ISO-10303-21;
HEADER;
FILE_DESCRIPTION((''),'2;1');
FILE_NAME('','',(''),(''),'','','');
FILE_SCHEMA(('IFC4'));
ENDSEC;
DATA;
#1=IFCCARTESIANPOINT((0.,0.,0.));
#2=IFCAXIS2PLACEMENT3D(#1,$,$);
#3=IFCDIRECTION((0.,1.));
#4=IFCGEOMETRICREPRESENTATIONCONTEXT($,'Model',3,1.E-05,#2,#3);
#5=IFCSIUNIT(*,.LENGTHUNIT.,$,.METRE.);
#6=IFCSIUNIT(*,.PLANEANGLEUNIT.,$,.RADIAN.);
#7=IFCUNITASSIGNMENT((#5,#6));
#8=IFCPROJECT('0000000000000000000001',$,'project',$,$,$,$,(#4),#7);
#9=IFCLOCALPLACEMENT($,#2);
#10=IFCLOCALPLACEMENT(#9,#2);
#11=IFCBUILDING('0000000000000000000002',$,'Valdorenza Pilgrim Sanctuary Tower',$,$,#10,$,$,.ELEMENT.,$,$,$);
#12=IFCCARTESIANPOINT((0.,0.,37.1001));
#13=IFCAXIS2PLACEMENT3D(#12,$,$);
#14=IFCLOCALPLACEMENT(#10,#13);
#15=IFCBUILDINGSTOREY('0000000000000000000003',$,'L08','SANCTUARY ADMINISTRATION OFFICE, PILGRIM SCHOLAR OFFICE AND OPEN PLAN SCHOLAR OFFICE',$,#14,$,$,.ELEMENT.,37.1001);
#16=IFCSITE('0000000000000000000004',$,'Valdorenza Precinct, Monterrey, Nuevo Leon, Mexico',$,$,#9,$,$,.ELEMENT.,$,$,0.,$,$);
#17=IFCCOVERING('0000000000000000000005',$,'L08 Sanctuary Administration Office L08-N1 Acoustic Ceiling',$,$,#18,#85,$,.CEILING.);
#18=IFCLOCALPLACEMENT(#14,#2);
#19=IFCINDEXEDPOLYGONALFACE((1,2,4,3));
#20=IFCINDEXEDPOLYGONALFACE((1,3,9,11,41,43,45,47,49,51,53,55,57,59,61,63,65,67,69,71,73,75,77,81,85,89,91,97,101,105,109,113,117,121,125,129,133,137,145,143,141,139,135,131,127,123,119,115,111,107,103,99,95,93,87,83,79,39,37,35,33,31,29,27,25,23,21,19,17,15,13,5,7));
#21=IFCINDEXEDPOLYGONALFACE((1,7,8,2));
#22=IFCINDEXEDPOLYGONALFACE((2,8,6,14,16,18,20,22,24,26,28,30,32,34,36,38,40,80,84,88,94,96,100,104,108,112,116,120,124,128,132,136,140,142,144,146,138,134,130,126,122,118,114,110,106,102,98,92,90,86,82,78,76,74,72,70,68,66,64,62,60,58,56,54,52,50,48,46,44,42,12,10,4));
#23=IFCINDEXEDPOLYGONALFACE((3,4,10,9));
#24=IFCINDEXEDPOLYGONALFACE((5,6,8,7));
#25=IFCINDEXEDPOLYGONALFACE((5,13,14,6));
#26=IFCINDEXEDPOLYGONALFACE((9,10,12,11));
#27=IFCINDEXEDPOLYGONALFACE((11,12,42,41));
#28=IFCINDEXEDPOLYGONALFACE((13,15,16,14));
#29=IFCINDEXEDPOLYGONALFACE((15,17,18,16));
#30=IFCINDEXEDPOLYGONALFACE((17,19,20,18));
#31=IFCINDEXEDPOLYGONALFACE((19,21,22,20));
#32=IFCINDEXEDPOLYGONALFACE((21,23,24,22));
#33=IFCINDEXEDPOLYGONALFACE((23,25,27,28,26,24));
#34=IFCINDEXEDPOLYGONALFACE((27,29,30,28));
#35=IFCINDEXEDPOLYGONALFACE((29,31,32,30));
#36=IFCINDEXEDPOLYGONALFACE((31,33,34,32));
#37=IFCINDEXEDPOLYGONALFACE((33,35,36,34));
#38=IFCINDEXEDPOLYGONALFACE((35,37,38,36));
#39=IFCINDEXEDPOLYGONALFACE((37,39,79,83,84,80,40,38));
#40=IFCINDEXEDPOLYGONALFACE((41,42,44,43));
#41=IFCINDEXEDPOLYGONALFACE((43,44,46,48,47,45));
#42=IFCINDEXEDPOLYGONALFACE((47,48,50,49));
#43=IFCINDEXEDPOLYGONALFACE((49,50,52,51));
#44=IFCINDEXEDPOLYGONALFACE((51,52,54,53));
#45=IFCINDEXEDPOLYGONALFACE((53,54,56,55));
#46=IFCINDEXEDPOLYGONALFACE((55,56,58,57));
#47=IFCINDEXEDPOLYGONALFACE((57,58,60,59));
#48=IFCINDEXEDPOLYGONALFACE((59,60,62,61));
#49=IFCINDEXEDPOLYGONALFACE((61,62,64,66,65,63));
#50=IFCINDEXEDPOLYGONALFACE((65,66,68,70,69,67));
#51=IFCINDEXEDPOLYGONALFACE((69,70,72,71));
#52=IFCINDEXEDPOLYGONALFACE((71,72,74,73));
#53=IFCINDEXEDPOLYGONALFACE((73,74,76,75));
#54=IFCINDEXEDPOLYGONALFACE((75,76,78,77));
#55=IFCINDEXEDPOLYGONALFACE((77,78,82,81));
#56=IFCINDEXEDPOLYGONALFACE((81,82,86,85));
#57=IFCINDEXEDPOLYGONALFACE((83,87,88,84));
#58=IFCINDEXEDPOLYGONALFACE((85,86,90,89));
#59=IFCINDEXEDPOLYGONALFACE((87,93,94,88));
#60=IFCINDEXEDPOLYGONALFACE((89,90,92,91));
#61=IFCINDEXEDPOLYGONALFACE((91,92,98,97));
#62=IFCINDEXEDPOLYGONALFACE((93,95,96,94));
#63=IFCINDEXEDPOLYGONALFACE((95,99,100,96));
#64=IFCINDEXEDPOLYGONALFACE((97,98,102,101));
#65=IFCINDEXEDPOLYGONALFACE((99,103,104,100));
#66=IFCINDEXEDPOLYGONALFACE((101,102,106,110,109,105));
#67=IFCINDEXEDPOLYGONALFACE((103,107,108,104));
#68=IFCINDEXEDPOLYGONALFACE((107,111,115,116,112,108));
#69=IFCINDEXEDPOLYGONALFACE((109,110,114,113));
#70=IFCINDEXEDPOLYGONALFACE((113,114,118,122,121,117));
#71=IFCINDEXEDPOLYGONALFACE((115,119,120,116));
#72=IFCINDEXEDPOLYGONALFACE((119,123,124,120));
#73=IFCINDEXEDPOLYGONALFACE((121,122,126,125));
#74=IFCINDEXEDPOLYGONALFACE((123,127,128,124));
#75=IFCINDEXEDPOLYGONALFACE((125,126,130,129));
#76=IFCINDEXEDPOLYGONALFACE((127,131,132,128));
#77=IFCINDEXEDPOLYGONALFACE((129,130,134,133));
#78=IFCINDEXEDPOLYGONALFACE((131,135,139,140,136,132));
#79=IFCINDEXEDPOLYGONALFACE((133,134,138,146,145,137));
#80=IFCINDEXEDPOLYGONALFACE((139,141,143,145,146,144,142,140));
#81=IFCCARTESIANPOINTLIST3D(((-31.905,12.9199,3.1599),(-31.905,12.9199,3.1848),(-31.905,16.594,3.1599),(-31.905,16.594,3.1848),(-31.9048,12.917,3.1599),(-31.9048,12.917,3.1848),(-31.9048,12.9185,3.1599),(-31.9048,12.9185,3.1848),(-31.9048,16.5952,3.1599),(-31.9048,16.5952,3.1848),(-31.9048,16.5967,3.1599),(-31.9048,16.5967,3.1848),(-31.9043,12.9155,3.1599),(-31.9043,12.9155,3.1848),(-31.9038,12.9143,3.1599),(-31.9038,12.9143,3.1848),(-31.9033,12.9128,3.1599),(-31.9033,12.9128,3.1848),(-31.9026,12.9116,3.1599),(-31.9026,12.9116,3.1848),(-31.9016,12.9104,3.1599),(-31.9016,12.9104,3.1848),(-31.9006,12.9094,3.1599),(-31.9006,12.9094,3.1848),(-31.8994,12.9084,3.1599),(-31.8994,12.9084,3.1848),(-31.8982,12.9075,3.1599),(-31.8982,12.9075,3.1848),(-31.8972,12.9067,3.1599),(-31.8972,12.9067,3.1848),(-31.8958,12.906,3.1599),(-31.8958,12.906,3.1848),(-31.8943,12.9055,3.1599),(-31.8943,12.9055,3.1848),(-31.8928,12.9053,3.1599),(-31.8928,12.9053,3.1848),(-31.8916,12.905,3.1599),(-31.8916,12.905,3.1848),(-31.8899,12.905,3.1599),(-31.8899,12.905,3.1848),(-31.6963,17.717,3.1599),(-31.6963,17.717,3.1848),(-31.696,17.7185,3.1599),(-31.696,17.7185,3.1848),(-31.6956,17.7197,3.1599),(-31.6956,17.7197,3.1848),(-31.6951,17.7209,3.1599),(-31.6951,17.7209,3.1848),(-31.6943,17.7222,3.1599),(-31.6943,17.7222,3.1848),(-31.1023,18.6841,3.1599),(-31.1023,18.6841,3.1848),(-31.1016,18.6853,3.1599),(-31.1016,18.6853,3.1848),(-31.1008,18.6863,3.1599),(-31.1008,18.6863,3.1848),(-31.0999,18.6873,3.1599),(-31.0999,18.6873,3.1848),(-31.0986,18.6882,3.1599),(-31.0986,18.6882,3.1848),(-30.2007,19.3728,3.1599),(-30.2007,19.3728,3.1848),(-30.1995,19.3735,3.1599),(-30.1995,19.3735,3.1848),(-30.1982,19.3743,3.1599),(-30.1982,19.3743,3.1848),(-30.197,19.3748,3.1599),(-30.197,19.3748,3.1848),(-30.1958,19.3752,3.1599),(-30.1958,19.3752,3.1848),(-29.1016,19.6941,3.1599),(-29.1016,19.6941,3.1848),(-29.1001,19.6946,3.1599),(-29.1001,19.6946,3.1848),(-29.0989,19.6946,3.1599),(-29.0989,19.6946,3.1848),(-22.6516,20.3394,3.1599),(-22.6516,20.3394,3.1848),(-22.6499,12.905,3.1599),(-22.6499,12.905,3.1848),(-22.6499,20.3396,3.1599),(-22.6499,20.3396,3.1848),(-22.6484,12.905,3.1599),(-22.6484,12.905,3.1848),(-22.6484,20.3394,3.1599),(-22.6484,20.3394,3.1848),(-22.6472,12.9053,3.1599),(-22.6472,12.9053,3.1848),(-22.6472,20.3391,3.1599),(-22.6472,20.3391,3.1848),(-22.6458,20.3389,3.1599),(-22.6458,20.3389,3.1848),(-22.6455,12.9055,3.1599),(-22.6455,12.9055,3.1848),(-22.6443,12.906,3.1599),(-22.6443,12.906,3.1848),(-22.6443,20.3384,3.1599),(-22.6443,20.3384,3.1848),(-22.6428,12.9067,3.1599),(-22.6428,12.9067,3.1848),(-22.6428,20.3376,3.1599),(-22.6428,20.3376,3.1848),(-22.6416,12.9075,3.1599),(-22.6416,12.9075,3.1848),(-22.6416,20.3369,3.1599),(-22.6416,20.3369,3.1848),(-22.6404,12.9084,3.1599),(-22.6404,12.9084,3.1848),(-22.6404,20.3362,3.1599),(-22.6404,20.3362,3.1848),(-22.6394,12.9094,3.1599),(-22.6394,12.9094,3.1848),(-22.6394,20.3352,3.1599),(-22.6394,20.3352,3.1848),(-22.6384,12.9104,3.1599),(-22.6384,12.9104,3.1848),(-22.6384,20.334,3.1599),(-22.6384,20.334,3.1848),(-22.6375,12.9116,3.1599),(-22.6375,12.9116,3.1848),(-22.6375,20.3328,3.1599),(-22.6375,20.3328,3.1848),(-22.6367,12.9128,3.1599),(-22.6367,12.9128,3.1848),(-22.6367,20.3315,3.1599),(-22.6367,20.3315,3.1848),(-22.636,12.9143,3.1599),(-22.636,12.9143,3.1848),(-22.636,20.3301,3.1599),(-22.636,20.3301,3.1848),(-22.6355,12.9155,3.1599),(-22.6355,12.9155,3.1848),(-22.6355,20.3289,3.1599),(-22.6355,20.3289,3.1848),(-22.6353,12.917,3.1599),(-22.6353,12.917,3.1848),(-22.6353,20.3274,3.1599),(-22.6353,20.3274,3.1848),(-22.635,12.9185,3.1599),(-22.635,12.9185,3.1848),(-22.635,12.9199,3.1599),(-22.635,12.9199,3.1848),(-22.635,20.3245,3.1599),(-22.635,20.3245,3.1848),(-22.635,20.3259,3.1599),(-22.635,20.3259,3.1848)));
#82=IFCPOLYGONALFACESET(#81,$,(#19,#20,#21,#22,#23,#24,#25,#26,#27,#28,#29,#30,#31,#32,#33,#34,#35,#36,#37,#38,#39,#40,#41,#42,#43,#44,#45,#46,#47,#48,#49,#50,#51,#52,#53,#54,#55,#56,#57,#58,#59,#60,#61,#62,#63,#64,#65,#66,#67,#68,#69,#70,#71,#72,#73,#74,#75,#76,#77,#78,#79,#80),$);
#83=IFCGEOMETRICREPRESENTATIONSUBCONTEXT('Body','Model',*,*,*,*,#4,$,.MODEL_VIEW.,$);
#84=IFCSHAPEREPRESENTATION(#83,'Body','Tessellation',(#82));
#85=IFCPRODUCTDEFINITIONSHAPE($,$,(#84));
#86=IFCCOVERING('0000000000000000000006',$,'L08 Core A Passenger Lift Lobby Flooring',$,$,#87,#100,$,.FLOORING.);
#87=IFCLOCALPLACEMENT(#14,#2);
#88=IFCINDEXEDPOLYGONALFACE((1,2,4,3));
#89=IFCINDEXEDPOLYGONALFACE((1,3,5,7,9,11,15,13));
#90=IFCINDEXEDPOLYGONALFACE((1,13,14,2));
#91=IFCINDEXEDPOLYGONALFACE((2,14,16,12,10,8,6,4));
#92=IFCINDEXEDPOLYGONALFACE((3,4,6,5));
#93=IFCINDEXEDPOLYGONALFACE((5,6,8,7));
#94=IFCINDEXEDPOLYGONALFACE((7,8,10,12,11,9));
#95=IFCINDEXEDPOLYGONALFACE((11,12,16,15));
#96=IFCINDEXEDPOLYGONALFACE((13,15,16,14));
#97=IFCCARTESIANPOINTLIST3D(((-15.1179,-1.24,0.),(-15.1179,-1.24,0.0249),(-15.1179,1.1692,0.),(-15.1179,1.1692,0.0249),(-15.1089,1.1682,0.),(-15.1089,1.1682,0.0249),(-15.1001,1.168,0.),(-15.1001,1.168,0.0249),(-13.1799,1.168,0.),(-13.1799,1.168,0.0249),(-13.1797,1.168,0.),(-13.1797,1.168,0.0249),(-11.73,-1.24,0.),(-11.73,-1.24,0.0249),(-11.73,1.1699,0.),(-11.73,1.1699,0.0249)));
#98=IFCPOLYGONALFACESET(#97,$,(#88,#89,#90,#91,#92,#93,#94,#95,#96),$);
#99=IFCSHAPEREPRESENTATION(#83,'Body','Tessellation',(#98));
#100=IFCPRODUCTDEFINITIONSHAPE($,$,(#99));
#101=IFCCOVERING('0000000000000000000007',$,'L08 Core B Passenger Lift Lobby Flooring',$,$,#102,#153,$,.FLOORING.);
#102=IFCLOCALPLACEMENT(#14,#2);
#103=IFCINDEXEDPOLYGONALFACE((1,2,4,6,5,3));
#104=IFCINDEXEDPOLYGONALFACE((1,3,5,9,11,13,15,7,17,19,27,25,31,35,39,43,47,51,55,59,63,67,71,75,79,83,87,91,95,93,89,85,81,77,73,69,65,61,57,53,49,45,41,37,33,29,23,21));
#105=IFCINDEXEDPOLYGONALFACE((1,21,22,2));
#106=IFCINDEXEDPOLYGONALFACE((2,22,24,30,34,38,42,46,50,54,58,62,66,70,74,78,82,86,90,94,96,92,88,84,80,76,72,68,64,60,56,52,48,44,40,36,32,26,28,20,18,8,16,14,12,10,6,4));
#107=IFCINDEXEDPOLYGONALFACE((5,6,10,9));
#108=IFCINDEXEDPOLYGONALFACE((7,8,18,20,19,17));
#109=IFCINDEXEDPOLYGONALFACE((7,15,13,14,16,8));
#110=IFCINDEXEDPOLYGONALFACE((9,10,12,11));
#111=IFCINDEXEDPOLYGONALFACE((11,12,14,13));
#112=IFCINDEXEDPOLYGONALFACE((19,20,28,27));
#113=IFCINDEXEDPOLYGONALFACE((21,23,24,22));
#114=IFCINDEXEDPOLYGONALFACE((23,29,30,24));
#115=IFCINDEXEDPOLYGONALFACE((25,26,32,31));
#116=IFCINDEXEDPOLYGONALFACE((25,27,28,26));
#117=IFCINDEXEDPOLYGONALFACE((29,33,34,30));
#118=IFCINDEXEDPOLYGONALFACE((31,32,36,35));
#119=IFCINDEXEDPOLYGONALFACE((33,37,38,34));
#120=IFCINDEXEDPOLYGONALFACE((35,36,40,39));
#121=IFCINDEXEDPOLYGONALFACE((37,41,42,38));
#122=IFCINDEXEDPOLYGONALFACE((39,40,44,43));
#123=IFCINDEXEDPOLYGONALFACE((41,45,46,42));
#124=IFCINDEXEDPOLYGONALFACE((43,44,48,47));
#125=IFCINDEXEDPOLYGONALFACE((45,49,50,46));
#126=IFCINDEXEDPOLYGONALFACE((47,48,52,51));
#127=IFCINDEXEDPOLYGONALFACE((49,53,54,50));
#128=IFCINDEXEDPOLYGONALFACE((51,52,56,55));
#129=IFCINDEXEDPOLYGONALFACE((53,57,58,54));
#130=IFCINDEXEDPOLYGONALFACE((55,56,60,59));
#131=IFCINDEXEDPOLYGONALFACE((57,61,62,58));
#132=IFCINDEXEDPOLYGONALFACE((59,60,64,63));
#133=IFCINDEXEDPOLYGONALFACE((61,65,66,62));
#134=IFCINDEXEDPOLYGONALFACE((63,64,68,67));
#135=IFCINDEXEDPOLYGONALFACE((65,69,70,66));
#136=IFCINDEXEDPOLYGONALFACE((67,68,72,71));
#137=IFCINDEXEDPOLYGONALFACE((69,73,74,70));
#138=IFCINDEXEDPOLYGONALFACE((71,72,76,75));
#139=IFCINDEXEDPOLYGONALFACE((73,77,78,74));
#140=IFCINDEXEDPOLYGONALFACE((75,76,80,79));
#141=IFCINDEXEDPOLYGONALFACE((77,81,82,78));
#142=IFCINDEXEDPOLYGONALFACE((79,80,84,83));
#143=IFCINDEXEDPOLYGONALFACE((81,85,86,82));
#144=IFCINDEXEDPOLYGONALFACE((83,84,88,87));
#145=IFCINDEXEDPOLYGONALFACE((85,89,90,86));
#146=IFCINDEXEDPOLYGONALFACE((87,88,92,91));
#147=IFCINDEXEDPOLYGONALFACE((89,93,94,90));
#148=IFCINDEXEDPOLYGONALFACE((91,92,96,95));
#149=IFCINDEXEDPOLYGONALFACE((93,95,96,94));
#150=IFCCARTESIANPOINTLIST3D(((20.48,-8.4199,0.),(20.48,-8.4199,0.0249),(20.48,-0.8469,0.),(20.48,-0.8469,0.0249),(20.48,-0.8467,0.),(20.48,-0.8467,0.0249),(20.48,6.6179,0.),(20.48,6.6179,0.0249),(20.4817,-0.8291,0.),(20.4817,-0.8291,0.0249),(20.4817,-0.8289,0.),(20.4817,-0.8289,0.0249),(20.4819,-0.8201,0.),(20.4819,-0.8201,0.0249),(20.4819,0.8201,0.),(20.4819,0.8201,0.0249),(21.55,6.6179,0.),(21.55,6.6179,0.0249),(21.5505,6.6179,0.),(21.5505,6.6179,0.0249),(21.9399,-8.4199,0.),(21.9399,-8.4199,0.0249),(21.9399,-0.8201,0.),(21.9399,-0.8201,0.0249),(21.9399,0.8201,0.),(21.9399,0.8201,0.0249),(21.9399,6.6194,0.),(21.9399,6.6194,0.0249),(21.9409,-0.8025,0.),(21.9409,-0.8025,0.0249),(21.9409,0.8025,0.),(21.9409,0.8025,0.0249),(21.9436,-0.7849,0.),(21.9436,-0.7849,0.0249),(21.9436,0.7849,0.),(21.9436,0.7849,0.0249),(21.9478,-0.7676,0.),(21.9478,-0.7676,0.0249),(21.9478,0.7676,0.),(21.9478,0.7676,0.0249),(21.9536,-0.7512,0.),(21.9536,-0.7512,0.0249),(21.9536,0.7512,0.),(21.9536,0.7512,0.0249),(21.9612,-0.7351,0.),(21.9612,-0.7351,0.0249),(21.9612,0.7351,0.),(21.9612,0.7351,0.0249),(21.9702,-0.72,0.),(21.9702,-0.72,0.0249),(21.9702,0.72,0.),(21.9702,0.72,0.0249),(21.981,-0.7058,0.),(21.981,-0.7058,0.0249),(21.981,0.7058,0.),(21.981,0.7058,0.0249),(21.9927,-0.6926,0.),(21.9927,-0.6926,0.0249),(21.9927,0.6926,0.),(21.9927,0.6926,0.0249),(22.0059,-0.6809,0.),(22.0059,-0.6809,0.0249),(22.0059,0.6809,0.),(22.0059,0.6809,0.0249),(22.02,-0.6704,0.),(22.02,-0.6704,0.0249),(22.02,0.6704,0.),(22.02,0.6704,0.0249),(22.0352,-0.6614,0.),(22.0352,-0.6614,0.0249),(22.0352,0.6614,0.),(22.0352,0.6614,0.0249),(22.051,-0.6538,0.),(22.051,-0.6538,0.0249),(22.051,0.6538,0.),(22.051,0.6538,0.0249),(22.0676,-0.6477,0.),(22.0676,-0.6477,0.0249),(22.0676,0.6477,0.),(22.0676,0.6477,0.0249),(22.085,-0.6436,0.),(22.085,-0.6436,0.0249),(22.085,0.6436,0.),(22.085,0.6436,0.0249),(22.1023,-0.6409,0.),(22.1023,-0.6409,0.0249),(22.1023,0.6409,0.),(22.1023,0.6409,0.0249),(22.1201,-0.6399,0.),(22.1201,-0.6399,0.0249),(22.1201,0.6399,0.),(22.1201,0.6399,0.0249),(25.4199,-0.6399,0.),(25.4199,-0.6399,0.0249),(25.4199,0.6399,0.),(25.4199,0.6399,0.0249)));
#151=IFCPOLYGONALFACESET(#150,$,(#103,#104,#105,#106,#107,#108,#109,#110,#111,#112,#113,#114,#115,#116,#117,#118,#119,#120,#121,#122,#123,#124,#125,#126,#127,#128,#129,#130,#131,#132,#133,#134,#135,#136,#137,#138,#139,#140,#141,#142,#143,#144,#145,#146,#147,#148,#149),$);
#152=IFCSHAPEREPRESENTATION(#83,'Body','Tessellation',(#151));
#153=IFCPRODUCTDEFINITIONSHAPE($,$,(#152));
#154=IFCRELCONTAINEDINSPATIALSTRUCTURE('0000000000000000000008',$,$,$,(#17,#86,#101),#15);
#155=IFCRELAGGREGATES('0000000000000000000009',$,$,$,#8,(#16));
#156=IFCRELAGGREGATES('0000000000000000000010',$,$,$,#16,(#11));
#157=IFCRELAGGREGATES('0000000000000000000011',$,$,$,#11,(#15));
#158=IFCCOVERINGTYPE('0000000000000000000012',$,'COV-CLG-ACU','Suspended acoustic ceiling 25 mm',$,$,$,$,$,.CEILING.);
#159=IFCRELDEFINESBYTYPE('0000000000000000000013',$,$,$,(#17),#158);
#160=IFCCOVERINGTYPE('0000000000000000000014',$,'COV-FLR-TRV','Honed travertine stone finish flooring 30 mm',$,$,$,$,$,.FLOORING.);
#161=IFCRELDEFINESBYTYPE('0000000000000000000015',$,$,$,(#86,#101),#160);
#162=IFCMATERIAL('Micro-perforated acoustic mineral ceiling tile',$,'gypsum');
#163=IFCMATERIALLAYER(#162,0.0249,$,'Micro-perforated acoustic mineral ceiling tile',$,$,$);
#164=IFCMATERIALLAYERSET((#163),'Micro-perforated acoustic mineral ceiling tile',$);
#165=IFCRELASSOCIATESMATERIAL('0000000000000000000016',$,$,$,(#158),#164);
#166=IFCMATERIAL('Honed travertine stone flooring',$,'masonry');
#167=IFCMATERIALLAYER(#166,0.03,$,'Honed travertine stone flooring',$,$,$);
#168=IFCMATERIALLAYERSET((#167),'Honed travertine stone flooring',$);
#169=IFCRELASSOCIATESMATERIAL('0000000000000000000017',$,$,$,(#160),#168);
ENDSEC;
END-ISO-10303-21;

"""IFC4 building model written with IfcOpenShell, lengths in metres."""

from ifc_helpers import new_model, si_unit, direction, frame, origin, place, context, subcontext, project, spatial, polyline, outline, extrude, material, layer, layer_set, type_object, element, save


model = new_model("IFC4")

# Units and contexts
model_context = context("Model", 3, precision=1e-05, world=origin(), true_north=direction((0.0, 1.0)))
body_context = subcontext(model_context, "Body", "Model", "MODEL_VIEW")
ifc_project = project(units=[si_unit("LENGTHUNIT", "METRE"), si_unit("PLANEANGLEUNIT", "RADIAN")], contexts=[model_context])

# Site, building, storey
site_placement = place(None, origin())
site = spatial("IfcSite", under=ifc_project, at=site_placement, Name="Valdorenza Precinct, Monterrey, Nuevo Leon, Mexico", CompositionType="ELEMENT", RefElevation=0.0)
building_placement = place(site_placement, origin())
building = spatial("IfcBuilding", under=site, at=building_placement, Name="Valdorenza Pilgrim Sanctuary Tower", CompositionType="ELEMENT")
storey_placement = place(building_placement, frame((0.0, 0.0, 37.1001)))
storey = spatial("IfcBuildingStorey", under=building, at=storey_placement, Name="L08", Description="SANCTUARY ADMINISTRATION OFFICE, PILGRIM SCHOLAR OFFICE AND OPEN PLAN SCHOLAR OFFICE", CompositionType="ELEMENT", Elevation=37.1001)

# Coverings
ifc_material_1 = material(Name="Micro-perforated acoustic mineral ceiling tile", Category="gypsum")
ifc_layer_1 = layer(ifc_material_1, 0.0249, Name="Micro-perforated acoustic mineral ceiling tile")
ifc_layer_set_1 = layer_set([ifc_layer_1], Name="Micro-perforated acoustic mineral ceiling tile")
covering_type_1 = type_object("IfcCoveringType", Name="COV-CLG-ACU", Description="Suspended acoustic ceiling 25 mm", PredefinedType="CEILING", material=ifc_layer_set_1)
covering_1_placement = place(storey_placement, frame((0.0, 0.0, 3.1599)))
element("IfcCovering", 1, at=covering_1_placement, inside=storey, type_object=covering_type_1, Name="L08 Sanctuary Administration Office L08-N1 Acoustic Ceiling", PredefinedType="CEILING", context=body_context, shape_type="SweptSolid", body=[
    extrude(outline(polyline([(-31.8899, 12.905), (-31.8916, 12.905), (-31.8928, 12.9053), (-31.8943, 12.9055), (-31.8958, 12.906), (-31.8972, 12.9067), (-31.8982, 12.9075), (-31.8994, 12.9084), (-31.9006, 12.9094), (-31.9016, 12.9104), (-31.9026, 12.9116), (-31.9033, 12.9128), (-31.9038, 12.9143), (-31.9043, 12.9155), (-31.9048, 12.917), (-31.9048, 12.9185), (-31.905, 12.9199), (-31.905, 16.594), (-31.9048, 16.5952), (-31.9048, 16.5967), (-31.6963, 17.717), (-31.696, 17.7185), (-31.6956, 17.7197), (-31.6951, 17.7209), (-31.6943, 17.7222), (-31.1023, 18.6841), (-31.1016, 18.6853), (-31.1008, 18.6863), (-31.0999, 18.6873), (-31.0986, 18.6882), (-30.2007, 19.3728), (-30.1995, 19.3735), (-30.1982, 19.3743), (-30.197, 19.3748), (-30.1958, 19.3752), (-29.1016, 19.6941), (-29.1001, 19.6946), (-29.0989, 19.6946), (-22.6516, 20.3394), (-22.6499, 20.3396), (-22.6484, 20.3394), (-22.6472, 20.3391), (-22.6458, 20.3389), (-22.6443, 20.3384), (-22.6428, 20.3376), (-22.6416, 20.3369), (-22.6404, 20.3362), (-22.6394, 20.3352), (-22.6384, 20.334), (-22.6375, 20.3328), (-22.6367, 20.3315), (-22.636, 20.3301), (-22.6355, 20.3289), (-22.6353, 20.3274), (-22.635, 20.3259), (-22.635, 20.3245), (-22.635, 12.9199), (-22.635, 12.9185), (-22.6353, 12.917), (-22.6355, 12.9155), (-22.636, 12.9143), (-22.6367, 12.9128), (-22.6375, 12.9116), (-22.6384, 12.9104), (-22.6394, 12.9094), (-22.6404, 12.9084), (-22.6416, 12.9075), (-22.6428, 12.9067), (-22.6443, 12.906), (-22.6455, 12.9055), (-22.6472, 12.9053), (-22.6484, 12.905), (-22.6499, 12.905), (-31.8899, 12.905)])), origin(), (0.0, 0.0, 1.0), 0.0249),
])
ifc_material_2 = material(Name="Honed travertine stone flooring", Category="masonry")
ifc_layer_2 = layer(ifc_material_2, 0.03, Name="Honed travertine stone flooring")
ifc_layer_set_2 = layer_set([ifc_layer_2], Name="Honed travertine stone flooring")
covering_type_2 = type_object("IfcCoveringType", Name="COV-FLR-TRV", Description="Honed travertine stone finish flooring 30 mm", PredefinedType="FLOORING", material=ifc_layer_set_2)
covering_2_placement = place(storey_placement, origin())
element("IfcCovering", 2, at=covering_2_placement, inside=storey, type_object=covering_type_2, Name="L08 Core A Passenger Lift Lobby Flooring", PredefinedType="FLOORING", context=body_context, shape_type="SweptSolid", body=[
    extrude(outline(polyline([(-15.1179, 1.1692), (-15.1089, 1.1682), (-15.1089, 1.1682), (-15.1001, 1.168), (-13.1799, 1.168), (-13.1797, 1.168), (-11.73, 1.1699), (-11.73, -1.24), (-15.1179, -1.24), (-15.1179, 1.1692)])), origin(), (0.0, 0.0, 1.0), 0.0249),
])
covering_3_placement = place(storey_placement, origin())
element("IfcCovering", 3, at=covering_3_placement, inside=storey, type_object=covering_type_2, Name="L08 Core B Passenger Lift Lobby Flooring", PredefinedType="FLOORING", context=body_context, shape_type="SweptSolid", body=[
    extrude(outline(polyline([(20.48, 6.6179), (21.55, 6.6179), (21.5505, 6.6179), (21.9399, 6.6194), (21.9399, 0.8201), (21.9409, 0.8025), (21.9436, 0.7849), (21.9478, 0.7676), (21.9536, 0.7512), (21.9612, 0.7351), (21.9702, 0.72), (21.981, 0.7058), (21.9927, 0.6926), (22.0059, 0.6809), (22.02, 0.6704), (22.0352, 0.6614), (22.051, 0.6538), (22.0676, 0.6477), (22.085, 0.6436), (22.1023, 0.6409), (22.1201, 0.6399), (25.4199, 0.6399), (25.4199, -0.6399), (22.1201, -0.6399), (22.1023, -0.6409), (22.085, -0.6436), (22.0676, -0.6477), (22.051, -0.6538), (22.0352, -0.6614), (22.02, -0.6704), (22.0059, -0.6809), (21.9927, -0.6926), (21.981, -0.7058), (21.9702, -0.72), (21.9612, -0.7351), (21.9536, -0.7512), (21.9478, -0.7676), (21.9436, -0.7849), (21.9409, -0.8025), (21.9399, -0.8201), (21.9399, -8.4199), (20.48, -8.4199), (20.48, -0.8469), (20.48, -0.8467), (20.48, -0.8467), (20.4817, -0.8291), (20.4817, -0.8289), (20.4819, -0.8201), (20.4819, 0.8201), (20.48, 6.6179)])), origin(), (0.0, 0.0, 1.0), 0.0249),
])

save(model, "model.ifc")
